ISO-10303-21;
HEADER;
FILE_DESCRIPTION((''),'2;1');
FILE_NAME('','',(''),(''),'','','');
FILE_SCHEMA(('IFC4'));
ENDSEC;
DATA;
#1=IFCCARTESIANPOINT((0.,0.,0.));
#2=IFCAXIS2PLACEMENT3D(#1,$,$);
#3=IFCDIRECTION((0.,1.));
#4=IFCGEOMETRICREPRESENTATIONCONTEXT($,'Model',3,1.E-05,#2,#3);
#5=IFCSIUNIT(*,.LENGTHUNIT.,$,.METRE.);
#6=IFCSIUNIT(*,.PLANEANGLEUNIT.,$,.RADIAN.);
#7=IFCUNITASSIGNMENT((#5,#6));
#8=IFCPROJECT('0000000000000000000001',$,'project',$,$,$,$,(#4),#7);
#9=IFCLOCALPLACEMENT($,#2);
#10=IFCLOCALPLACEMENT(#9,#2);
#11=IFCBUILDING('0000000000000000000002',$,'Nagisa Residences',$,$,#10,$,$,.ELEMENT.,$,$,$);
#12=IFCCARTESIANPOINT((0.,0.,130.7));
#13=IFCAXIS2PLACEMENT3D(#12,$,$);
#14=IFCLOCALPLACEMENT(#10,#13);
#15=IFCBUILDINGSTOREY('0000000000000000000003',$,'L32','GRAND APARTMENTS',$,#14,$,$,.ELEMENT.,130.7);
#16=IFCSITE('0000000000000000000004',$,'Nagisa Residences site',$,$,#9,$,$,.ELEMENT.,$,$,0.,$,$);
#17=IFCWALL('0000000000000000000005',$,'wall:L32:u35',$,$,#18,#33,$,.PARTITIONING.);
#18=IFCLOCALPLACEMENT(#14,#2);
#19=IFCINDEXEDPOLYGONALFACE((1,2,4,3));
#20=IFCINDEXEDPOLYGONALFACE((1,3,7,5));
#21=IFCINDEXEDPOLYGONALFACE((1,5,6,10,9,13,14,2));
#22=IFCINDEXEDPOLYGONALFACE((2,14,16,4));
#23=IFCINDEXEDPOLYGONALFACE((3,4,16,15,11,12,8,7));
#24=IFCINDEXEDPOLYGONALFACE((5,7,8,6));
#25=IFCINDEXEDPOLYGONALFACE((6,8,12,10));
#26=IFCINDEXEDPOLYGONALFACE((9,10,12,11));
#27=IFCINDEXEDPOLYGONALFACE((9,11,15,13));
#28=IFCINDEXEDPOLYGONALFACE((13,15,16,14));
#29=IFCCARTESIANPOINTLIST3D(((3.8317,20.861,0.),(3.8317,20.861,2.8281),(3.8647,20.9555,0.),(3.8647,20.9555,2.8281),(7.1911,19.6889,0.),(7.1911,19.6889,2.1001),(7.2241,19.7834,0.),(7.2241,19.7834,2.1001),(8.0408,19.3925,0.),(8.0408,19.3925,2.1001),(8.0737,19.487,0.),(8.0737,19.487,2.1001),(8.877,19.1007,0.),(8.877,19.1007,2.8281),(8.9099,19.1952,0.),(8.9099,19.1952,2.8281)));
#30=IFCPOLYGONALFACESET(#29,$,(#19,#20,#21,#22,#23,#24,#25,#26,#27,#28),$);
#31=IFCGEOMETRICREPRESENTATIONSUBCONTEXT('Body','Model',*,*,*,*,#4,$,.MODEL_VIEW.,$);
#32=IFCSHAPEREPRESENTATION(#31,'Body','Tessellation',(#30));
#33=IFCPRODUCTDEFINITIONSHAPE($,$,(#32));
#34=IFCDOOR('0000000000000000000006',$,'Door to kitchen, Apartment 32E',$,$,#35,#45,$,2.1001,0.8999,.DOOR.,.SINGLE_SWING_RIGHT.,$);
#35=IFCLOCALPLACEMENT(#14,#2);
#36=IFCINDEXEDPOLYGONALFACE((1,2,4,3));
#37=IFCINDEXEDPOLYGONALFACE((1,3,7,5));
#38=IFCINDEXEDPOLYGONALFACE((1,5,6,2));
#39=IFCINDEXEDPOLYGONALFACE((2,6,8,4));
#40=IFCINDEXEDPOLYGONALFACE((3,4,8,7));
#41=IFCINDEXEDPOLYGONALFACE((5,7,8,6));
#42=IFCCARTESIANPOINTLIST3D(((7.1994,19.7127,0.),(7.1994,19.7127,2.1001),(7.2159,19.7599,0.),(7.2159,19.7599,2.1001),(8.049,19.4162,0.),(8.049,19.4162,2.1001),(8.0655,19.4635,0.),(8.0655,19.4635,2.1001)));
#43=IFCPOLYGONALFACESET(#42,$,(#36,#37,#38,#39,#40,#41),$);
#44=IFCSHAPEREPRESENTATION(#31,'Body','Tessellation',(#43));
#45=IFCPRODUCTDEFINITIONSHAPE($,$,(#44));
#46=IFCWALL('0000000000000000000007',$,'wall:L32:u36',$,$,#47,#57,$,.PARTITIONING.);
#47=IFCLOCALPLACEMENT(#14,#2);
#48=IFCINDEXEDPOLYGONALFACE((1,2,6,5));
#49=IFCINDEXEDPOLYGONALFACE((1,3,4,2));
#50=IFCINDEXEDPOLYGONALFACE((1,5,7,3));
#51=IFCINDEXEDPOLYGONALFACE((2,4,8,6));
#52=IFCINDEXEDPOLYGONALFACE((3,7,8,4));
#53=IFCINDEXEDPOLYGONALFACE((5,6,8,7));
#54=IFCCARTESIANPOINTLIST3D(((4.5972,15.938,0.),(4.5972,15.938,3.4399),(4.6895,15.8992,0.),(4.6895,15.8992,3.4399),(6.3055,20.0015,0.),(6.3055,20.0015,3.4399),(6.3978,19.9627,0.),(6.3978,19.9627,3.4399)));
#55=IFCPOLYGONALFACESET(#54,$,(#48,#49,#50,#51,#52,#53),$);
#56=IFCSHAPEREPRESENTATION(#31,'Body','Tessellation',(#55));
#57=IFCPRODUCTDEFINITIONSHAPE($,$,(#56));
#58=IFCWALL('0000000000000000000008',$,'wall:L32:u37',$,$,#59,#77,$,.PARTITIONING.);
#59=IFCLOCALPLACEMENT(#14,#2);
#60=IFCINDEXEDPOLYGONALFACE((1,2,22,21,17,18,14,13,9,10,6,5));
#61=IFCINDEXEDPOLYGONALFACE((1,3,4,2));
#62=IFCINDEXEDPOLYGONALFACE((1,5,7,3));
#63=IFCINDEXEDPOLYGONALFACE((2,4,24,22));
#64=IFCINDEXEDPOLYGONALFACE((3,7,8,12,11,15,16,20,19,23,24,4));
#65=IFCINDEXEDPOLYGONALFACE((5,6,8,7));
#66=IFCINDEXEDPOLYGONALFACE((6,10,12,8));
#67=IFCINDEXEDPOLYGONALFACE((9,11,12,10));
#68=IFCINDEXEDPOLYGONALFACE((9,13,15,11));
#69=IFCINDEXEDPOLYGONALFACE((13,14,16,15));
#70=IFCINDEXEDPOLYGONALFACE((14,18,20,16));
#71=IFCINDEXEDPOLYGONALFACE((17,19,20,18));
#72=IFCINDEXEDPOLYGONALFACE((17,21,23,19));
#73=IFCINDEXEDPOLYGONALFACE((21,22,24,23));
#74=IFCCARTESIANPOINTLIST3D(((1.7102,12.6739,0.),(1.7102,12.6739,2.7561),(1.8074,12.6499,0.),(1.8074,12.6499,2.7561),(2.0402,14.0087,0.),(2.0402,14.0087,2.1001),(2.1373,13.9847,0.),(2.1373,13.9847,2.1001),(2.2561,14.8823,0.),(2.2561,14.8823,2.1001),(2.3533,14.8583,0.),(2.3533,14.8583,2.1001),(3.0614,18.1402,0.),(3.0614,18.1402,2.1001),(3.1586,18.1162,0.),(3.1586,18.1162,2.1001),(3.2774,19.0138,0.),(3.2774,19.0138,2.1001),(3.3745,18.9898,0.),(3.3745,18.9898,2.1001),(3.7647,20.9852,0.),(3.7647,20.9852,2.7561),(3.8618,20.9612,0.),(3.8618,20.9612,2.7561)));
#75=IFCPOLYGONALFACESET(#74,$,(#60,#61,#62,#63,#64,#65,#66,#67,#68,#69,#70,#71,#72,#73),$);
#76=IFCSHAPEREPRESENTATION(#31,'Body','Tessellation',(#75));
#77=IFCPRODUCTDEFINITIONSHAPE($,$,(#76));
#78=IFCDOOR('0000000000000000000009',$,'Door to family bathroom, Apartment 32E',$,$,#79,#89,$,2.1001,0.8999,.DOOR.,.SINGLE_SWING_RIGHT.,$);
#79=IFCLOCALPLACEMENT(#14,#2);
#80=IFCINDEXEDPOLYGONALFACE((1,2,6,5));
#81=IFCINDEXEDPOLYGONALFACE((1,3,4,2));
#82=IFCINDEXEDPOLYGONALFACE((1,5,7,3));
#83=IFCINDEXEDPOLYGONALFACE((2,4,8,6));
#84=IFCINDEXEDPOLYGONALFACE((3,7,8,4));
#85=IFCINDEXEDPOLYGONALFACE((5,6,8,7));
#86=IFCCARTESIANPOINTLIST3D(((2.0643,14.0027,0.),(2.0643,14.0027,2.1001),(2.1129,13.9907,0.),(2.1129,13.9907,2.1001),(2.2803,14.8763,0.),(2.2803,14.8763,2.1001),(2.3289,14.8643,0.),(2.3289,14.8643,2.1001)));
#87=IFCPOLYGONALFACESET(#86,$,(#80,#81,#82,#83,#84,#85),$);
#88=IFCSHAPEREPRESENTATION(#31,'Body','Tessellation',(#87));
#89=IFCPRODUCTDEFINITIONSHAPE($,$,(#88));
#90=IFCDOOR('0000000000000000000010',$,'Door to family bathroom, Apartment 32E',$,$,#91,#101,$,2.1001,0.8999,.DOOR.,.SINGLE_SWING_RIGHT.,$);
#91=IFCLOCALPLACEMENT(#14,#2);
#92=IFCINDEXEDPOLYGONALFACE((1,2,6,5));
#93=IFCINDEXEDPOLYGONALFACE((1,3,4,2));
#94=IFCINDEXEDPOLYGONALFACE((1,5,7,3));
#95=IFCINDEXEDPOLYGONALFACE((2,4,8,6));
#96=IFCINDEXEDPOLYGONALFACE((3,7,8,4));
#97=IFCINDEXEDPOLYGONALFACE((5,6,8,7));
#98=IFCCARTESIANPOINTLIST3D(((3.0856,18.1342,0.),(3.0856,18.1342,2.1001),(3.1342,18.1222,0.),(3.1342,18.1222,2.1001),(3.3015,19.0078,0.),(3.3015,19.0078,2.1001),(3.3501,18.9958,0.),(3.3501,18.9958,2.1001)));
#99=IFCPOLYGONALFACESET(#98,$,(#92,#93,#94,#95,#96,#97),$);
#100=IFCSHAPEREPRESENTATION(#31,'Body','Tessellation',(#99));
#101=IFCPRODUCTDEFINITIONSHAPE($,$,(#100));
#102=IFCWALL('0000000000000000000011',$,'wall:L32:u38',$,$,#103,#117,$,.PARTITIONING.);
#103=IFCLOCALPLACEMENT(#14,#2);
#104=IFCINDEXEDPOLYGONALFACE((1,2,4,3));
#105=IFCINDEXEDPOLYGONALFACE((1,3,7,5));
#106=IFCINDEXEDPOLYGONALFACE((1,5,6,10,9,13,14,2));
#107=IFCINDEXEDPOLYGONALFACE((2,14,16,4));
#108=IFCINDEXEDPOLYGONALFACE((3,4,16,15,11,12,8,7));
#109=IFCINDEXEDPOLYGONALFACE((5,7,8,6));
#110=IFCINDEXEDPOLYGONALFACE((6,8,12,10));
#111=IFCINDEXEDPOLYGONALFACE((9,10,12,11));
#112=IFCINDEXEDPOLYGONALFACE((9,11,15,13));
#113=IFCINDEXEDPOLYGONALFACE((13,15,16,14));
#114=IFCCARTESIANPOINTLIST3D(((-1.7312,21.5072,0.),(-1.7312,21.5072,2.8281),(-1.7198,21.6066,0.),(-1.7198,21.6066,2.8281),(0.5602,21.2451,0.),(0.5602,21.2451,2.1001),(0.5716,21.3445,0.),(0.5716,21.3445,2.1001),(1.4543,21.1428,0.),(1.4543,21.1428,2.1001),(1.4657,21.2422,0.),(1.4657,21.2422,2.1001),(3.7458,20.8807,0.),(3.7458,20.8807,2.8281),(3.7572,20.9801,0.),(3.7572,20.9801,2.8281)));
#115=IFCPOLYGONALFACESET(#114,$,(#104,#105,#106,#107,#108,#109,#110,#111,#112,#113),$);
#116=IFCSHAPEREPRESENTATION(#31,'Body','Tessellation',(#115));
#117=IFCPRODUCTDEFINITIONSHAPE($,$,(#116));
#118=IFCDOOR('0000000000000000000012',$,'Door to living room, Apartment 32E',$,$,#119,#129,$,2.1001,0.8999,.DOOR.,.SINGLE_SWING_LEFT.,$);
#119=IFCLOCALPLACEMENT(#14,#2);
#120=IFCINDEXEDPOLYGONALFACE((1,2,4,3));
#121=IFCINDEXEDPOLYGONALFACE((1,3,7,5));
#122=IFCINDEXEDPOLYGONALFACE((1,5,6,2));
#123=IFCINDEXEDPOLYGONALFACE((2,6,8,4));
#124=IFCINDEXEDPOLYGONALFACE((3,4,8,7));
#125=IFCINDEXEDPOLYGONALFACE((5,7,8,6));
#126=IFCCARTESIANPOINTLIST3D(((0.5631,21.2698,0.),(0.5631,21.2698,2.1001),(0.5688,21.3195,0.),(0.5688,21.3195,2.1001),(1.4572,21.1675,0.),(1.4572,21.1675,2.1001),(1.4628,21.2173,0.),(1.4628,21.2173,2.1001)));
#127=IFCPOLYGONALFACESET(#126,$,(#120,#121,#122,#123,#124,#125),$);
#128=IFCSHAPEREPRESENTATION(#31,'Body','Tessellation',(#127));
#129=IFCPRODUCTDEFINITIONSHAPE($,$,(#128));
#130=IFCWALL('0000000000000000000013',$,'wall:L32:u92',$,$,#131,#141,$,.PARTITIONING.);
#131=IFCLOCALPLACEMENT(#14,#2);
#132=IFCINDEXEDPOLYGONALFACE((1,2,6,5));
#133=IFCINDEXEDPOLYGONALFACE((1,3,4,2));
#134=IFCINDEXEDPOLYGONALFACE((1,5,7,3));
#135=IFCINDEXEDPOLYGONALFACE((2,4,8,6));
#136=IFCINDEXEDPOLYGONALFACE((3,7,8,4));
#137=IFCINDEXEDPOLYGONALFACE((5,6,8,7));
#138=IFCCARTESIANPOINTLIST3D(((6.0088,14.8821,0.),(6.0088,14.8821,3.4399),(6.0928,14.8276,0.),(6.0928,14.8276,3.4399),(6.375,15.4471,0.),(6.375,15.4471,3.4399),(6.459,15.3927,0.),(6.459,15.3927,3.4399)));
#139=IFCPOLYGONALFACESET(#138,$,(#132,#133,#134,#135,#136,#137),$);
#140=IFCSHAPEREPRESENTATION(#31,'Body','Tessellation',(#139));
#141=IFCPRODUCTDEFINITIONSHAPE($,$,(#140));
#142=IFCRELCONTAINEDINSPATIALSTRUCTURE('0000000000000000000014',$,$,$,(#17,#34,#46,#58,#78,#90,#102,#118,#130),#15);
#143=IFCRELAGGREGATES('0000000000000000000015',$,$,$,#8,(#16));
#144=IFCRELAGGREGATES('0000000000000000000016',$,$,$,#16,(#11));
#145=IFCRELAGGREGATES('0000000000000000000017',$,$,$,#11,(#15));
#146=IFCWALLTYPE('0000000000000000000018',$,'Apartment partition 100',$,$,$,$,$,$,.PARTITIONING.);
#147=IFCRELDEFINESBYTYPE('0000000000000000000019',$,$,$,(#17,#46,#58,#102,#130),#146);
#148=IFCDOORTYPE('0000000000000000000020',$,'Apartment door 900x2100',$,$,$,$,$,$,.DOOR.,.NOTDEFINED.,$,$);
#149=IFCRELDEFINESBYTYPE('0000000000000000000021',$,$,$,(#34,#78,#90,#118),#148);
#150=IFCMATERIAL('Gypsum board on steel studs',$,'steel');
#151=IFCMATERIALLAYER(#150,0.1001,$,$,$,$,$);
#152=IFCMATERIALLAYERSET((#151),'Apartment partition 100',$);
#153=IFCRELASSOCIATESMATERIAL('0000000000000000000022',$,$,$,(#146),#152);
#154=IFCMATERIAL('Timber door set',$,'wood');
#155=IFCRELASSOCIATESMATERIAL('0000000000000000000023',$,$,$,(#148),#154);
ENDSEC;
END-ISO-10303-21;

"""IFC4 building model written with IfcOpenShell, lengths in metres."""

from ifc_helpers import new_model, si_unit, direction, frame, frame_2d, origin, place, context, subcontext, project, spatial, rectangle, extrude, material, layer, layer_set, type_object, element, fill, save


model = new_model("IFC4")

# Units and contexts
model_context = context("Model", 3, precision=1e-05, world=origin(), true_north=direction((0.0, 1.0)))
body_context = subcontext(model_context, "Body", "Model", "MODEL_VIEW")
ifc_project = project(units=[si_unit("LENGTHUNIT", "METRE"), si_unit("PLANEANGLEUNIT", "RADIAN")], contexts=[model_context])

# Site, building, storey
site_placement = place(None, origin())
site = spatial("IfcSite", under=ifc_project, at=site_placement, Name="Nagisa Residences site", CompositionType="ELEMENT", RefElevation=0.0)
building_placement = place(site_placement, origin())
building = spatial("IfcBuilding", under=site, at=building_placement, Name="Nagisa Residences", CompositionType="ELEMENT")
storey_placement = place(building_placement, frame((0.0, 0.0, 130.7)))
storey = spatial("IfcBuildingStorey", under=building, at=storey_placement, Name="L32", Description="GRAND APARTMENTS", CompositionType="ELEMENT", Elevation=130.7)

# Shared definitions
ifc_material_1 = material(Name="Gypsum board on steel studs", Category="steel")
ifc_layer_1 = layer(ifc_material_1, 0.1001)
ifc_layer_set_1 = layer_set([ifc_layer_1], Name="Apartment partition 100")
wall_type_1 = type_object("IfcWallType", Name="Apartment partition 100", PredefinedType="PARTITIONING", material=ifc_layer_set_1)
ifc_material_2 = material(Name="Timber door set", Category="wood")
door_type_1 = type_object("IfcDoorType", Name="Apartment door 900x2100", OperationType="NOTDEFINED", PredefinedType="DOOR", material=ifc_material_2)

# Wall, opening, door
wall_1_placement = place(storey_placement, frame((8.8936, 19.1479, 0.0), z_axis=(0.0, 0.0, 1.0), x_axis=(-0.944182, 0.329424, 0.0)))
wall_1 = element("IfcWall", 1, at=wall_1_placement, inside=storey, type_object=wall_type_1, Name="wall:L32:u35", PredefinedType="PARTITIONING", context=body_context, shape_type="SweptSolid", body=[
    extrude(rectangle(XDim=5.3435, YDim=0.1001, at=frame_2d((2.6719, 0.0))), origin(), (0.0, 0.0, 1.0), 2.8281),
])
opening_1_placement = place(wall_1_placement, frame((0.8857, 0.0, 0.0)))
opening_1 = element("IfcOpeningElement", 2, at=opening_1_placement, cuts=wall_1, PredefinedType="OPENING", context=body_context, shape_type="SweptSolid", body=[
    extrude(rectangle(XDim=0.8999, YDim=2.1001, at=frame_2d((0.45, 1.05))), frame((0.0, 0.0601, 0.0), z_axis=(0.0, -1.0, 0.0), x_axis=(1.0, 0.0, 0.0)), (0.0, 0.0, 1.0), 0.1201),
])
door_1_placement = place(opening_1_placement, origin())
door_1 = element("IfcDoor", 3, at=door_1_placement, inside=storey, type_object=door_type_1, Name="Door to kitchen, Apartment 32E", OperationType="SINGLE_SWING_RIGHT", OverallHeight=2.1001, OverallWidth=0.8999, PredefinedType="DOOR", context=body_context, shape_type="SweptSolid", body=[
    extrude(rectangle(XDim=0.8999, YDim=2.1001, at=frame_2d((0.45, 1.05))), frame((0.0, 0.0249, 0.0), z_axis=(0.0, -1.0, 0.0), x_axis=(1.0, 0.0, 0.0)), (0.0, 0.0, 1.0), 0.05),
])
fill(opening_1, door_1)

# Wall
wall_2_placement = place(storey_placement, frame((4.6433, 15.9185, 0.0), z_axis=(0.0, 0.0, 1.0), x_axis=(0.387539, 0.921853, 0.0)))
element("IfcWall", 4, at=wall_2_placement, inside=storey, type_object=wall_type_1, Name="wall:L32:u36", PredefinedType="PARTITIONING", context=body_context, shape_type="SweptSolid", body=[
    extrude(rectangle(XDim=4.408, YDim=0.1001, at=frame_2d((2.2041, 0.0))), origin(), (0.0, 0.0, 1.0), 3.4399),
])

# Wall, openings, doors
wall_3_placement = place(storey_placement, frame((1.7588, 12.6619, 0.0), z_axis=(0.0, 0.0, 1.0), x_axis=(0.239965, 0.970782, 0.0)))
wall_3 = element("IfcWall", 5, at=wall_3_placement, inside=storey, type_object=wall_type_1, Name="wall:L32:u37", PredefinedType="PARTITIONING", context=body_context, shape_type="SweptSolid", body=[
    extrude(rectangle(XDim=8.5615, YDim=0.1001, at=frame_2d((4.2808, 0.0))), origin(), (0.0, 0.0, 1.0), 2.7561),
])
opening_2_placement = place(wall_3_placement, frame((1.375, 0.0, 0.0)))
opening_2 = element("IfcOpeningElement", 6, at=opening_2_placement, cuts=wall_3, PredefinedType="OPENING", context=body_context, shape_type="SweptSolid", body=[
    extrude(rectangle(XDim=0.8999, YDim=2.1001, at=frame_2d((0.45, 1.05))), frame((0.0, 0.0601, 0.0), z_axis=(0.0, -1.0, 0.0), x_axis=(1.0, 0.0, 0.0)), (0.0, 0.0, 1.0), 0.1201),
])
opening_3_placement = place(wall_3_placement, frame((5.6309, 0.0, 0.0)))
opening_3 = element("IfcOpeningElement", 7, at=opening_3_placement, cuts=wall_3, PredefinedType="OPENING", context=body_context, shape_type="SweptSolid", body=[
    extrude(rectangle(XDim=0.8999, YDim=2.1001, at=frame_2d((0.45, 1.05))), frame((0.0, 0.0601, 0.0), z_axis=(0.0, -1.0, 0.0), x_axis=(1.0, 0.0, 0.0)), (0.0, 0.0, 1.0), 0.1201),
])
door_2_placement = place(opening_2_placement, frame((0.8999, 0.0, 0.0), x_axis=(-1.0, 0.0, 0.0)))
door_2 = element("IfcDoor", 8, at=door_2_placement, inside=storey, type_object=door_type_1, Name="Door to family bathroom, Apartment 32E", OperationType="SINGLE_SWING_RIGHT", OverallHeight=2.1001, OverallWidth=0.8999, PredefinedType="DOOR", context=body_context, shape_type="SweptSolid", body=[
    extrude(rectangle(XDim=0.8999, YDim=2.1001, at=frame_2d((0.45, 1.05))), frame((0.0, 0.0249, 0.0), z_axis=(0.0, -1.0, 0.0), x_axis=(1.0, 0.0, 0.0)), (0.0, 0.0, 1.0), 0.05),
])
fill(opening_2, door_2)
door_3_placement = place(opening_3_placement, frame((0.8999, 0.0, 0.0), x_axis=(-1.0, 0.0, 0.0)))
door_3 = element("IfcDoor", 9, at=door_3_placement, inside=storey, type_object=door_type_1, Name="Door to family bathroom, Apartment 32E", OperationType="SINGLE_SWING_RIGHT", OverallHeight=2.1001, OverallWidth=0.8999, PredefinedType="DOOR", context=body_context, shape_type="SweptSolid", body=[
    extrude(rectangle(XDim=0.8999, YDim=2.1001, at=frame_2d((0.45, 1.05))), frame((0.0, 0.0249, 0.0), z_axis=(0.0, -1.0, 0.0), x_axis=(1.0, 0.0, 0.0)), (0.0, 0.0, 1.0), 0.05),
])
fill(opening_3, door_3)

# Wall, opening, door
wall_4_placement = place(storey_placement, frame((3.7515, 20.9304, 0.0), z_axis=(0.0, 0.0, 1.0), x_axis=(-0.993522, 0.113639, 0.0)))
wall_4 = element("IfcWall", 10, at=wall_4_placement, inside=storey, type_object=wall_type_1, Name="wall:L32:u38", PredefinedType="PARTITIONING", context=body_context, shape_type="SweptSolid", body=[
    extrude(rectangle(XDim=5.5127, YDim=0.1001, at=frame_2d((2.7563, 0.0))), origin(), (0.0, 0.0, 1.0), 2.8281),
])
opening_4_placement = place(wall_4_placement, frame((2.3064, 0.0, 0.0)))
opening_4 = element("IfcOpeningElement", 11, at=opening_4_placement, cuts=wall_4, PredefinedType="OPENING", context=body_context, shape_type="SweptSolid", body=[
    extrude(rectangle(XDim=0.8999, YDim=2.1001, at=frame_2d((0.45, 1.05))), frame((0.0, 0.0601, 0.0), z_axis=(0.0, -1.0, 0.0), x_axis=(1.0, 0.0, 0.0)), (0.0, 0.0, 1.0), 0.1201),
])
door_4_placement = place(opening_4_placement, frame((0.8999, 0.0, 0.0), x_axis=(-1.0, 0.0, 0.0)))
door_4 = element("IfcDoor", 12, at=door_4_placement, inside=storey, type_object=door_type_1, Name="Door to living room, Apartment 32E", OperationType="SINGLE_SWING_LEFT", OverallHeight=2.1001, OverallWidth=0.8999, PredefinedType="DOOR", context=body_context, shape_type="SweptSolid", body=[
    extrude(rectangle(XDim=0.8999, YDim=2.1001, at=frame_2d((0.45, 1.05))), frame((0.0, 0.0249, 0.0), z_axis=(0.0, -1.0, 0.0), x_axis=(1.0, 0.0, 0.0)), (0.0, 0.0, 1.0), 0.05),
])
fill(opening_4, door_4)

# Wall
wall_5_placement = place(storey_placement, frame((6.417, 15.4199, 0.0), z_axis=(0.0, 0.0, 1.0), x_axis=(-0.543777, -0.83923, 0.0)))
element("IfcWall", 13, at=wall_5_placement, inside=storey, type_object=wall_type_1, Name="wall:L32:u92", PredefinedType="PARTITIONING", context=body_context, shape_type="SweptSolid", body=[
    extrude(rectangle(XDim=0.6733, YDim=0.1001, at=frame_2d((0.3367, 0.0))), origin(), (0.0, 0.0, 1.0), 3.4399),
])

save(model, "model.ifc")
